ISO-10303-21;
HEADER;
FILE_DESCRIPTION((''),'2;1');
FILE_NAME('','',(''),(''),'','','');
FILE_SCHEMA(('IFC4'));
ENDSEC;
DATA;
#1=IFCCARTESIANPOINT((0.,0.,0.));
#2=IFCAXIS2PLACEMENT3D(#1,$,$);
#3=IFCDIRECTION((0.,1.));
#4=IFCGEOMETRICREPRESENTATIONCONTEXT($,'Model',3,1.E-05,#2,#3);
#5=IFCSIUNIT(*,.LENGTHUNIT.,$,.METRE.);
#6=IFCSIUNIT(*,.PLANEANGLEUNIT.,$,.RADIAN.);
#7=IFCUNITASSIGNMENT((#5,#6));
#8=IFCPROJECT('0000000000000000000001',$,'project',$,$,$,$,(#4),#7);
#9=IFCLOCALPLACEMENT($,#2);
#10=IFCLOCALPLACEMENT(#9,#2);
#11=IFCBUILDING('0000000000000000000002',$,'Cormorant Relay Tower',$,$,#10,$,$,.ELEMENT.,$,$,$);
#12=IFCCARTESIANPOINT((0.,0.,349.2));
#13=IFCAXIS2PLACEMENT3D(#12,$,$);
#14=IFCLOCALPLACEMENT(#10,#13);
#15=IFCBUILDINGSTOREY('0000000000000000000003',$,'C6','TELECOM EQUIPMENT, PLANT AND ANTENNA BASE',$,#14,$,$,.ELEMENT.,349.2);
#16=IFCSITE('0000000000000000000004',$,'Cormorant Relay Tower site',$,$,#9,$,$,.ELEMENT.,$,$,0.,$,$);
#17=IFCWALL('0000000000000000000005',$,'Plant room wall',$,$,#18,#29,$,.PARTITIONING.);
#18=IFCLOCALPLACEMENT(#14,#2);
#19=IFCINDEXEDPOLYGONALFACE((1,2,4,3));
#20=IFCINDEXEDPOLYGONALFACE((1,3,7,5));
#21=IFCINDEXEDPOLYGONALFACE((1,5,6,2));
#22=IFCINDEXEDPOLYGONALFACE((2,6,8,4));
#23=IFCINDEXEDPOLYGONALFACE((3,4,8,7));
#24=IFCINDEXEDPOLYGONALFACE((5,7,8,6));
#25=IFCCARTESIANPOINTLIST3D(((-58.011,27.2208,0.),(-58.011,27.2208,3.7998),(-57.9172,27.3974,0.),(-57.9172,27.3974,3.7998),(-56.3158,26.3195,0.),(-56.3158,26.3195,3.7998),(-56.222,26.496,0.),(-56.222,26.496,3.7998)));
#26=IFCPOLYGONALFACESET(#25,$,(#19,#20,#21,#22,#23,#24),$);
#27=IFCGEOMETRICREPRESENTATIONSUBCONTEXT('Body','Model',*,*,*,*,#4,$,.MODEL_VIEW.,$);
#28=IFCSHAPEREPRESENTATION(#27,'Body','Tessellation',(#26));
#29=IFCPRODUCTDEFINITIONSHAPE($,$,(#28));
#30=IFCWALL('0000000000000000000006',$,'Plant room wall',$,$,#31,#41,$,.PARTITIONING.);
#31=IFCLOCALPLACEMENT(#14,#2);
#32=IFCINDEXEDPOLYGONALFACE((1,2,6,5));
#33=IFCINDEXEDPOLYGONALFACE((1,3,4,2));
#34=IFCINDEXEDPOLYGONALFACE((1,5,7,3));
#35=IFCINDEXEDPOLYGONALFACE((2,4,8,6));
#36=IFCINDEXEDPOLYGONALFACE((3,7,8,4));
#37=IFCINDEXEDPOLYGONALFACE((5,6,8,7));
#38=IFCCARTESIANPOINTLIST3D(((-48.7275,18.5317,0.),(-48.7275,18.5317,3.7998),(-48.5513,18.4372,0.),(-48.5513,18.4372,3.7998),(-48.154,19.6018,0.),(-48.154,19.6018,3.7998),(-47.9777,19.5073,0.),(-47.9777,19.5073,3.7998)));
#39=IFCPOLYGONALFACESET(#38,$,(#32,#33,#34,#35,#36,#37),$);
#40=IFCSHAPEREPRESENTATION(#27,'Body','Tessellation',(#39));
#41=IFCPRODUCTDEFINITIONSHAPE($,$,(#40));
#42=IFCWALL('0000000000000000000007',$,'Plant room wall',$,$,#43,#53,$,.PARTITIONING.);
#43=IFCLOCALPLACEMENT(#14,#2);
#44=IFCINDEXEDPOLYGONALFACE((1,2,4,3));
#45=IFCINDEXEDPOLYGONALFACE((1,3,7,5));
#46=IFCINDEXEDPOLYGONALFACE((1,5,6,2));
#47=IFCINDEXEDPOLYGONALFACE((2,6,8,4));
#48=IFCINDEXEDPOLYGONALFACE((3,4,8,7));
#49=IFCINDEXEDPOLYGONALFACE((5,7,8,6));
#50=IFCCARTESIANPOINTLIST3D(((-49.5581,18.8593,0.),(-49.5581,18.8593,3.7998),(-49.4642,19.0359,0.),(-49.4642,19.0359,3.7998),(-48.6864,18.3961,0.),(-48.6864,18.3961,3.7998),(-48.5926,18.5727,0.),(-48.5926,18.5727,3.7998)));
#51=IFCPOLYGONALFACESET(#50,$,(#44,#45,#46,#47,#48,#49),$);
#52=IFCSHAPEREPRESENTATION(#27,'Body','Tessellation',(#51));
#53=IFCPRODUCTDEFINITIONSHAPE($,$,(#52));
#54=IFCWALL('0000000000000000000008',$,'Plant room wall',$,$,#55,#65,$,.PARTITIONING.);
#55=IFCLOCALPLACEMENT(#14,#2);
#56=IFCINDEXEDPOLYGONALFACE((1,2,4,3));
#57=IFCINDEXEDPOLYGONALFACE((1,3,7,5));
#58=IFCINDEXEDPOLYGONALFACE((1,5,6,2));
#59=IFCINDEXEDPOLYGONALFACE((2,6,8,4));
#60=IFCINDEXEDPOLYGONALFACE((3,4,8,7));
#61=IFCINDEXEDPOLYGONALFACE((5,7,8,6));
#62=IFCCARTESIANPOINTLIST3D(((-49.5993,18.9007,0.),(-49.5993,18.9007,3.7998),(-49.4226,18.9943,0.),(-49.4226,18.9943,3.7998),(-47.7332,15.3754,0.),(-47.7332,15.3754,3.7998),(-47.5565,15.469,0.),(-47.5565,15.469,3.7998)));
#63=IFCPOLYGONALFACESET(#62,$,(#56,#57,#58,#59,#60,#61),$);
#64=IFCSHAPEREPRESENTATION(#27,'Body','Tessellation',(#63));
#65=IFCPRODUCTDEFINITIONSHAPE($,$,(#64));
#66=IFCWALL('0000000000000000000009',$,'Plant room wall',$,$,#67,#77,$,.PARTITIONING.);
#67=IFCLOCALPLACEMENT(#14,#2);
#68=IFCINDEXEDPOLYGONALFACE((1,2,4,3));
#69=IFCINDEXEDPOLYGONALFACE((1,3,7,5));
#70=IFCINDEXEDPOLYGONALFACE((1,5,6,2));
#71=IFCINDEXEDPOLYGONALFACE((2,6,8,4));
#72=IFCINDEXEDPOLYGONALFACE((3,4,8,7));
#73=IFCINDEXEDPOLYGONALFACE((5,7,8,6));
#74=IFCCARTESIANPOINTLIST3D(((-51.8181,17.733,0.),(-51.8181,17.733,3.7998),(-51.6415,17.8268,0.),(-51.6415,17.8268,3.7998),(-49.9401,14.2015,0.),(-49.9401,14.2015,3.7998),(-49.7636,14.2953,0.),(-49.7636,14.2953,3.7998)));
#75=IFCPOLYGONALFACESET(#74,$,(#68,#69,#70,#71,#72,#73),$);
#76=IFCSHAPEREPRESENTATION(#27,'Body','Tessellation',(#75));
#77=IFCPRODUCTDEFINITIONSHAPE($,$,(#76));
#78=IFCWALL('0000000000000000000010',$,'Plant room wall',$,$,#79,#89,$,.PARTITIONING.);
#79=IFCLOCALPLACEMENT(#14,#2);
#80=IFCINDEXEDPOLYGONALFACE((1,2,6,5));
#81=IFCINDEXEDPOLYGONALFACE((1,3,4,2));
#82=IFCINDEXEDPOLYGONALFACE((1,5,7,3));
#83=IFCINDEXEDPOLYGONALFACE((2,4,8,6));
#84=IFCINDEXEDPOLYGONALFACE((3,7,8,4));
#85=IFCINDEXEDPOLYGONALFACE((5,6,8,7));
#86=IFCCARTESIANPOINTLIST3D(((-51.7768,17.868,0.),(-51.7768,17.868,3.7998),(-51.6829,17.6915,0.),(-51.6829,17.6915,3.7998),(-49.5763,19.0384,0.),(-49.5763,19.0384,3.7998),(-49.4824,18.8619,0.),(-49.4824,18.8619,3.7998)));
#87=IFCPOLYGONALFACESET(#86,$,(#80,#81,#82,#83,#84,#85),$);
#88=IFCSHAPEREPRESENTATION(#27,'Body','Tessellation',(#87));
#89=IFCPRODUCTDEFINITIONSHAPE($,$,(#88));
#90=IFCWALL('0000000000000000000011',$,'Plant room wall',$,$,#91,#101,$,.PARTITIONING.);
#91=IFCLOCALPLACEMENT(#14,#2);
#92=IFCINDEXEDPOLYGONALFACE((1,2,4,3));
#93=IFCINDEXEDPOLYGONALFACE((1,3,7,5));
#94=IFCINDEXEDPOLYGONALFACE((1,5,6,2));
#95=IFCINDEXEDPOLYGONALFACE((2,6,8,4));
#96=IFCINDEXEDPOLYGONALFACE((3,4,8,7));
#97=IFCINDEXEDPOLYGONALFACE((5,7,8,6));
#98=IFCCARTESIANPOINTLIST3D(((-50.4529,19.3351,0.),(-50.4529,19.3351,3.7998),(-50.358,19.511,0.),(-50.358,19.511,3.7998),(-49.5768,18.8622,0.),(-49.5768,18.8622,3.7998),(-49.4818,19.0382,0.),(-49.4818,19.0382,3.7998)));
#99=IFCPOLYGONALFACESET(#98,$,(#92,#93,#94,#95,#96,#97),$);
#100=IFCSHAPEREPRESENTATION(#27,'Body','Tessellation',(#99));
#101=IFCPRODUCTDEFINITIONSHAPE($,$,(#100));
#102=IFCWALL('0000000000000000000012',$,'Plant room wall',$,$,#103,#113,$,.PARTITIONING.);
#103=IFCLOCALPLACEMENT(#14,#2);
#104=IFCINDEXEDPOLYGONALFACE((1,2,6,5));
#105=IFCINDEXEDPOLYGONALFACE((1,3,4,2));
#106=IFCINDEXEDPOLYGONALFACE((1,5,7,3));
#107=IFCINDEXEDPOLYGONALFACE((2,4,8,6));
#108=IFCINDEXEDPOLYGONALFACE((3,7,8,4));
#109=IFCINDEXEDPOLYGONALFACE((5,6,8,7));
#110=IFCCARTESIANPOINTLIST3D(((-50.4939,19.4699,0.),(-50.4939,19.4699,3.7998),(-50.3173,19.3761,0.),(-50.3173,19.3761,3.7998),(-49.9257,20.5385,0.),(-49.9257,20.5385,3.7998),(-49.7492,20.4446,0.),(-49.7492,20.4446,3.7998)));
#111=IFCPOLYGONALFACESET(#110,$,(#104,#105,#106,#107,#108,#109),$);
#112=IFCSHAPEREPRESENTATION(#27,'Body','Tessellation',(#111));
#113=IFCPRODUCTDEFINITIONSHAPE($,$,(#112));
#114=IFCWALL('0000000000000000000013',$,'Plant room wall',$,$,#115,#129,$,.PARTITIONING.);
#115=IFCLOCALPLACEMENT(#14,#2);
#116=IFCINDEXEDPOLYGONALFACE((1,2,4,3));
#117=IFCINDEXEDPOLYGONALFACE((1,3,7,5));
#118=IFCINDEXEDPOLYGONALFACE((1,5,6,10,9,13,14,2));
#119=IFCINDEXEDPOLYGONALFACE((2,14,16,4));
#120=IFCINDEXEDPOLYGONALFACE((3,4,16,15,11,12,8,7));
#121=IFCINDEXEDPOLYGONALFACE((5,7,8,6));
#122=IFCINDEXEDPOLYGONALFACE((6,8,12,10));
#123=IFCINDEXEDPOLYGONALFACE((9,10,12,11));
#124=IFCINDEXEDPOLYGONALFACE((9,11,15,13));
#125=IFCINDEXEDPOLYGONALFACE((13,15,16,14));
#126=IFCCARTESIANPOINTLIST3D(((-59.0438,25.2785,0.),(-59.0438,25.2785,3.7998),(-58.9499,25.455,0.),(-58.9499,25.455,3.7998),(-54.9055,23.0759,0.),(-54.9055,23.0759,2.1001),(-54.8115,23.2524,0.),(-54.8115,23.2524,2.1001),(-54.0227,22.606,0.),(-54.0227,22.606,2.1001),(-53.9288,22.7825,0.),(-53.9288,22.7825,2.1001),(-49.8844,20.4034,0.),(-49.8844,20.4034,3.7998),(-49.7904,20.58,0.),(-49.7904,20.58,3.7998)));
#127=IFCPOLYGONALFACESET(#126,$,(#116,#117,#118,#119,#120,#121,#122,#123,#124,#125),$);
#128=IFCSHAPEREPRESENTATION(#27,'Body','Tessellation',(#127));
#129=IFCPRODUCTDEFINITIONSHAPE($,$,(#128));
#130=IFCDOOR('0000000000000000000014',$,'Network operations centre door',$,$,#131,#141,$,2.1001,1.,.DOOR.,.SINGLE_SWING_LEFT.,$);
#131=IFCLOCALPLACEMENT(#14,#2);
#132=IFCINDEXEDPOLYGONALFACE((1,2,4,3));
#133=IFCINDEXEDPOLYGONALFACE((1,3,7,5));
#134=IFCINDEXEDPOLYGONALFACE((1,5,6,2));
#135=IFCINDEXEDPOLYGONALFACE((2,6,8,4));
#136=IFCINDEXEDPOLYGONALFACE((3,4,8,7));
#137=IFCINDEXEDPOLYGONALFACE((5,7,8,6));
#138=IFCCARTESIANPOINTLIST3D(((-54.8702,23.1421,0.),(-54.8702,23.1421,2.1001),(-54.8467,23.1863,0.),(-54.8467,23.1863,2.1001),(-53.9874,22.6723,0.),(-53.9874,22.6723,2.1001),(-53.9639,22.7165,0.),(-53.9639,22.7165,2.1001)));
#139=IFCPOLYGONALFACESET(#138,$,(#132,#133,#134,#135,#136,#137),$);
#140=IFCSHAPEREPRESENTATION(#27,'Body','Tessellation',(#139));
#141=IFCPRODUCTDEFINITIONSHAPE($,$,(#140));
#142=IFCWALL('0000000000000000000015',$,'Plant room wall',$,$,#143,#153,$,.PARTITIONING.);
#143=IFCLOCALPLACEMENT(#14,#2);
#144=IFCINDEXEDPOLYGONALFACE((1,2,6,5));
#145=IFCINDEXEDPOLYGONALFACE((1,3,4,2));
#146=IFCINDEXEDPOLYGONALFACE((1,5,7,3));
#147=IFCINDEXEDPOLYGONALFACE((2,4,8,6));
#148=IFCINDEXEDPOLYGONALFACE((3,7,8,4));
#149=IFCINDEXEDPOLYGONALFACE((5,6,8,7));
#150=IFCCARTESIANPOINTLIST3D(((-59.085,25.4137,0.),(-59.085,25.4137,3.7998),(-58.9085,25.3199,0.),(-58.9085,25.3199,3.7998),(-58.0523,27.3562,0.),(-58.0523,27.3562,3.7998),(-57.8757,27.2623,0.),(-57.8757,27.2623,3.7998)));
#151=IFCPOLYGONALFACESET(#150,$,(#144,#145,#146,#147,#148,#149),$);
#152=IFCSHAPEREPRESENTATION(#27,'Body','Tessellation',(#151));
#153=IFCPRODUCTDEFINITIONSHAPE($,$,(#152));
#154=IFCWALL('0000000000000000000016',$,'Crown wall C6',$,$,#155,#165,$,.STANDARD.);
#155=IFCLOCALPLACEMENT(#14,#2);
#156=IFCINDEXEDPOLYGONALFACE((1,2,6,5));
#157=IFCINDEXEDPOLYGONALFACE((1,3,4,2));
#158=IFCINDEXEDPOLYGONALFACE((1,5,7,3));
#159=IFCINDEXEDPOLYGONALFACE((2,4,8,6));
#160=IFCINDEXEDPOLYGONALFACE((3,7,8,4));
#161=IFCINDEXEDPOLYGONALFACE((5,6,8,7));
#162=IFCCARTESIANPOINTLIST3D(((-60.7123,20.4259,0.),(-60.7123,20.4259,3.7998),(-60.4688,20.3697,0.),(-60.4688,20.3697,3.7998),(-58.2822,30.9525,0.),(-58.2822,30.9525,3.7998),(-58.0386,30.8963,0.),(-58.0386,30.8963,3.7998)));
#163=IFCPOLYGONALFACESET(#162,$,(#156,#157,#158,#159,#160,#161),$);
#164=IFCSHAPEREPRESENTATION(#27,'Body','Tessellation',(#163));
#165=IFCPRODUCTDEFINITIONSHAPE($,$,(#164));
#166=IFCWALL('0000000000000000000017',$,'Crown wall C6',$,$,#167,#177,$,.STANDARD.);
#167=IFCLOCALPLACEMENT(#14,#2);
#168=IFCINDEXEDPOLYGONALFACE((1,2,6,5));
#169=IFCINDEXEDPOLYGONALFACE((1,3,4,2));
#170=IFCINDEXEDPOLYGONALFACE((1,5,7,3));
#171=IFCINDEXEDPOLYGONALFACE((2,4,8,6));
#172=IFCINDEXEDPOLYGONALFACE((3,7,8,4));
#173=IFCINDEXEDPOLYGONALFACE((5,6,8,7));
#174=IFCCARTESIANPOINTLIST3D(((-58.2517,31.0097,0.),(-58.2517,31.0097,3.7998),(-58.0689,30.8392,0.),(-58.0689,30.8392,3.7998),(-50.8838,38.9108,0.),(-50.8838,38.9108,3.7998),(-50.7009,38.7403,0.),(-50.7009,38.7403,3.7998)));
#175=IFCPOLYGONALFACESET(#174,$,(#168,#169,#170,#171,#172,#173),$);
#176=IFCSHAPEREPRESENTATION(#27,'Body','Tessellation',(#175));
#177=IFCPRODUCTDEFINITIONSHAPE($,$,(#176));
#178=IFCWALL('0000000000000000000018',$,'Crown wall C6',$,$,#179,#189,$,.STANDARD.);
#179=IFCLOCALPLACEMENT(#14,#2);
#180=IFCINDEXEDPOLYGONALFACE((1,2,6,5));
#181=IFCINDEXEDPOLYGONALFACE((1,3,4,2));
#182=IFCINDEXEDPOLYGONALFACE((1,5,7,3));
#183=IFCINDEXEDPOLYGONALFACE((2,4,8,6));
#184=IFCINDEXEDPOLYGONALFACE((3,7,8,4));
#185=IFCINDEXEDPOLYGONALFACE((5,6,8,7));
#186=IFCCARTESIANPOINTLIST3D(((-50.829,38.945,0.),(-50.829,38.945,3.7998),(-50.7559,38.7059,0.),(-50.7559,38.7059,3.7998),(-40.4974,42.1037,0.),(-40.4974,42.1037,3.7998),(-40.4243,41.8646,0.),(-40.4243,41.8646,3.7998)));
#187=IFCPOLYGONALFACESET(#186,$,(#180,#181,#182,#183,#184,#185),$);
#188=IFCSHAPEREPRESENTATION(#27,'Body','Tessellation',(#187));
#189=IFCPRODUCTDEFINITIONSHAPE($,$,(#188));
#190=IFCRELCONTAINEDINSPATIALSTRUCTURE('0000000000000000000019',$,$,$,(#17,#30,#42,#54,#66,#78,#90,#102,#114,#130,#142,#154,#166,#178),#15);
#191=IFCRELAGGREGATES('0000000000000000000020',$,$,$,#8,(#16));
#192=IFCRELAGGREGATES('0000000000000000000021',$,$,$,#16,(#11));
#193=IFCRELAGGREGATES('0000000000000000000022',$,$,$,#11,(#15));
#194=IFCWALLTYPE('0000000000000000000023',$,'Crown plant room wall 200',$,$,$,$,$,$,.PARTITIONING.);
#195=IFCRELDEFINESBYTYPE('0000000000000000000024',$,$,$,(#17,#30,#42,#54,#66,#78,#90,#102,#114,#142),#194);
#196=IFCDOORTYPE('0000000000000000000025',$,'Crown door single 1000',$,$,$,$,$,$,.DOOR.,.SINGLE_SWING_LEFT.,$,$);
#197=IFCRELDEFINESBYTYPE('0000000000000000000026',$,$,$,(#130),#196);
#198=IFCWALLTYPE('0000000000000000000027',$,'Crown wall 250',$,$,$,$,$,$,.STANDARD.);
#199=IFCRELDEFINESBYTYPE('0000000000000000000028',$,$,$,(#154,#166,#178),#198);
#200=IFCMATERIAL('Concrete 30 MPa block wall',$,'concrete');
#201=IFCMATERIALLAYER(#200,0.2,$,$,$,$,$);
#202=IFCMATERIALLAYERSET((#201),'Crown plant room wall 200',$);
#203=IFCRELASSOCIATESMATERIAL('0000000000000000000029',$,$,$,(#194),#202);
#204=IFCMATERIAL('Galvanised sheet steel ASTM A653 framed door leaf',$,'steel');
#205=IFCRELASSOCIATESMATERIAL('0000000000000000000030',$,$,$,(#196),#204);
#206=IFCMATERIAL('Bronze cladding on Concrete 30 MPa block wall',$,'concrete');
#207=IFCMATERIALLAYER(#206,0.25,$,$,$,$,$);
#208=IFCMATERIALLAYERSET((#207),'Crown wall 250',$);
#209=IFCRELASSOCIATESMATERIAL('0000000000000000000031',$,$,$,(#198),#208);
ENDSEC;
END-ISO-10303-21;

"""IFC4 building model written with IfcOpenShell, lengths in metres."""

from ifc_helpers import new_model, si_unit, direction, frame, frame_2d, origin, place, context, subcontext, project, spatial, rectangle, extrude, material, layer, layer_set, type_object, element, fill, save


model = new_model("IFC4")

# Units and contexts
model_context = context("Model", 3, precision=1e-05, world=origin(), true_north=direction((0.0, 1.0)))
body_context = subcontext(model_context, "Body", "Model", "MODEL_VIEW")
ifc_project = project(units=[si_unit("LENGTHUNIT", "METRE"), si_unit("PLANEANGLEUNIT", "RADIAN")], contexts=[model_context])

# Site, building, storey
site_placement = place(None, origin())
site = spatial("IfcSite", under=ifc_project, at=site_placement, Name="Cormorant Relay Tower site", CompositionType="ELEMENT", RefElevation=0.0)
building_placement = place(site_placement, origin())
building = spatial("IfcBuilding", under=site, at=building_placement, Name="Cormorant Relay Tower", CompositionType="ELEMENT")
storey_placement = place(building_placement, frame((0.0, 0.0, 349.2)))
storey = spatial("IfcBuildingStorey", under=building, at=storey_placement, Name="C6", Description="TELECOM EQUIPMENT, PLANT AND ANTENNA BASE", CompositionType="ELEMENT", Elevation=349.2)

# Walls
ifc_material_1 = material(Name="Concrete 30 MPa block wall", Category="concrete")
ifc_layer_1 = layer(ifc_material_1, 0.2)
ifc_layer_set_1 = layer_set([ifc_layer_1], Name="Crown plant room wall 200")
wall_type_1 = type_object("IfcWallType", Name="Crown plant room wall 200", PredefinedType="PARTITIONING", material=ifc_layer_set_1)
wall_1_placement = place(storey_placement, frame((-57.9641, 27.3091, 0.0), z_axis=(0.0, 0.0, 1.0), x_axis=(0.882958, -0.469453, 0.0)))
element("IfcWall", 1, at=wall_1_placement, inside=storey, type_object=wall_type_1, Name="Plant room wall", PredefinedType="PARTITIONING", context=body_context, shape_type="SweptSolid", body=[
    extrude(rectangle(XDim=1.9199, YDim=0.2, at=frame_2d((0.96, 0.0))), origin(), (0.0, 0.0, 1.0), 3.7998),
])
wall_2_placement = place(storey_placement, frame((-48.0659, 19.5544, 0.0), z_axis=(0.0, 0.0, 1.0), x_axis=(-0.472372, -0.881399, 0.0)))
element("IfcWall", 2, at=wall_2_placement, inside=storey, type_object=wall_type_1, Name="Plant room wall", PredefinedType="PARTITIONING", context=body_context, shape_type="SweptSolid", body=[
    extrude(rectangle(XDim=1.2141, YDim=0.2, at=frame_2d((0.6069, 0.0))), origin(), (0.0, 0.0, 1.0), 3.7998),
])
wall_3_placement = place(storey_placement, frame((-48.6394, 18.4844, 0.0), z_axis=(0.0, 0.0, 1.0), x_axis=(-0.883071, 0.46924, 0.0)))
element("IfcWall", 3, at=wall_3_placement, inside=storey, type_object=wall_type_1, Name="Plant room wall", PredefinedType="PARTITIONING", context=body_context, shape_type="SweptSolid", body=[
    extrude(rectangle(XDim=0.9871, YDim=0.2, at=frame_2d((0.4937, 0.0))), origin(), (0.0, 0.0, 1.0), 3.7998),
])
wall_4_placement = place(storey_placement, frame((-49.511, 18.9475, 0.0), z_axis=(0.0, 0.0, 1.0), x_axis=(0.467854, -0.883806, 0.0)))
element("IfcWall", 4, at=wall_4_placement, inside=storey, type_object=wall_type_1, Name="Plant room wall", PredefinedType="PARTITIONING", context=body_context, shape_type="SweptSolid", body=[
    extrude(rectangle(XDim=3.9888, YDim=0.2, at=frame_2d((1.9944, 0.0))), origin(), (0.0, 0.0, 1.0), 3.7998),
])
wall_5_placement = place(storey_placement, frame((-49.8518, 14.2483, 0.0), z_axis=(0.0, 0.0, 1.0), x_axis=(-0.469511, 0.882927, 0.0)))
element("IfcWall", 5, at=wall_5_placement, inside=storey, type_object=wall_type_1, Name="Plant room wall", PredefinedType="PARTITIONING", context=body_context, shape_type="SweptSolid", body=[
    extrude(rectangle(XDim=3.9998, YDim=0.2, at=frame_2d((2.0, 0.0))), origin(), (0.0, 0.0, 1.0), 3.7998),
])
wall_6_placement = place(storey_placement, frame((-51.7297, 17.7798, 0.0), z_axis=(0.0, 0.0, 1.0), x_axis=(0.882878, 0.469602, 0.0)))
element("IfcWall", 6, at=wall_6_placement, inside=storey, type_object=wall_type_1, Name="Plant room wall", PredefinedType="PARTITIONING", context=body_context, shape_type="SweptSolid", body=[
    extrude(rectangle(XDim=2.4924, YDim=0.2, at=frame_2d((1.2461, 0.0))), origin(), (0.0, 0.0, 1.0), 3.7998),
])
wall_7_placement = place(storey_placement, frame((-49.5293, 18.9502, 0.0), z_axis=(0.0, 0.0, 1.0), x_axis=(-0.880014, 0.474948, 0.0)))
element("IfcWall", 7, at=wall_7_placement, inside=storey, type_object=wall_type_1, Name="Plant room wall", PredefinedType="PARTITIONING", context=body_context, shape_type="SweptSolid", body=[
    extrude(rectangle(XDim=0.9956, YDim=0.2, at=frame_2d((0.4978, 0.0))), origin(), (0.0, 0.0, 1.0), 3.7998),
])
wall_8_placement = place(storey_placement, frame((-50.4055, 19.4231, 0.0), z_axis=(0.0, 0.0, 1.0), x_axis=(0.469426, 0.882972, 0.0)))
element("IfcWall", 8, at=wall_8_placement, inside=storey, type_object=wall_type_1, Name="Plant room wall", PredefinedType="PARTITIONING", context=body_context, shape_type="SweptSolid", body=[
    extrude(rectangle(XDim=1.2102, YDim=0.2, at=frame_2d((0.605, 0.0))), origin(), (0.0, 0.0, 1.0), 3.7998),
])

# Wall, opening, door
wall_9_placement = place(storey_placement, frame((-49.8374, 20.4917, 0.0), z_axis=(0.0, 0.0, 1.0), x_axis=(-0.882754, 0.469836, 0.0)))
wall_9 = element("IfcWall", 9, at=wall_9_placement, inside=storey, type_object=wall_type_1, Name="Plant room wall", PredefinedType="PARTITIONING", context=body_context, shape_type="SweptSolid", body=[
    extrude(rectangle(XDim=10.376, YDim=0.2, at=frame_2d((5.188, 0.0))), origin(), (0.0, 0.0, 1.0), 3.7998),
])
opening_placement = place(wall_9_placement, frame((4.688, 0.0, 0.0)))
opening = element("IfcOpeningElement", 10, at=opening_placement, cuts=wall_9, PredefinedType="OPENING", context=body_context, shape_type="SweptSolid", body=[
    extrude(rectangle(XDim=1.0, YDim=2.1001, at=frame_2d((0.5, 1.05))), frame((0.0, 0.1099, 0.0), z_axis=(0.0, -1.0, 0.0), x_axis=(1.0, 0.0, 0.0)), (0.0, 0.0, 1.0), 0.22),
])
ifc_material_2 = material(Name="Galvanised sheet steel ASTM A653 framed door leaf", Category="steel")
door_type = type_object("IfcDoorType", Name="Crown door single 1000", OperationType="SINGLE_SWING_LEFT", PredefinedType="DOOR", material=ifc_material_2)
door_placement = place(opening_placement, origin())
door = element("IfcDoor", 11, at=door_placement, inside=storey, type_object=door_type, Name="Network operations centre door", OperationType="SINGLE_SWING_LEFT", OverallHeight=2.1001, OverallWidth=1.0, PredefinedType="DOOR", context=body_context, shape_type="SweptSolid", body=[
    extrude(rectangle(XDim=1.0, YDim=2.1001, at=frame_2d((0.5, 1.05))), frame((0.0, 0.0249, 0.0), z_axis=(0.0, -1.0, 0.0), x_axis=(1.0, 0.0, 0.0)), (0.0, 0.0, 1.0), 0.05),
])
fill(opening, door)

# Walls
wall_10_placement = place(storey_placement, frame((-58.9968, 25.3667, 0.0), z_axis=(0.0, 0.0, 1.0), x_axis=(0.469447, 0.88296, 0.0)))
element("IfcWall", 12, at=wall_10_placement, inside=storey, type_object=wall_type_1, Name="Plant room wall", PredefinedType="PARTITIONING", context=body_context, shape_type="SweptSolid", body=[
    extrude(rectangle(XDim=2.2, YDim=0.2, at=frame_2d((1.1001, 0.0))), origin(), (0.0, 0.0, 1.0), 3.7998),
])
ifc_material_3 = material(Name="Bronze cladding on Concrete 30 MPa block wall", Category="concrete")
ifc_layer_2 = layer(ifc_material_3, 0.25)
ifc_layer_set_2 = layer_set([ifc_layer_2], Name="Crown wall 250")
wall_type_2 = type_object("IfcWallType", Name="Crown wall 250", PredefinedType="STANDARD", material=ifc_layer_set_2)
for number, where, z_axis, x_axis, name in (
    (13, (-60.5906, 20.3977, 0.0), (0.0, 0.0, 1.0), (0.224944, 0.974372, 0.0), "Crown wall C6"),
    (14, (-58.1604, 30.9243, 0.0), (0.0, 0.0, 1.0), (0.681999, 0.731354, 0.0), "Crown wall C6"),
):
    element("IfcWall", number, at=place(storey_placement, frame(where, z_axis=z_axis, x_axis=x_axis)), inside=storey, type_object=wall_type_2, Name=name, PredefinedType="STANDARD", context=body_context, shape_type="SweptSolid", body=[
        extrude(rectangle(XDim=10.8035, YDim=0.25, at=frame_2d((5.4019, 0.0))), origin(), (0.0, 0.0, 1.0), 3.7998),
    ])
wall_11_placement = place(storey_placement, frame((-50.7925, 38.8254, 0.0), z_axis=(0.0, 0.0, 1.0), x_axis=(0.956304, 0.292374, 0.0)))
element("IfcWall", 15, at=wall_11_placement, inside=storey, type_object=wall_type_2, Name="Crown wall C6", PredefinedType="STANDARD", context=body_context, shape_type="SweptSolid", body=[
    extrude(rectangle(XDim=10.8037, YDim=0.25, at=frame_2d((5.4019, 0.0))), origin(), (0.0, 0.0, 1.0), 3.7998),
])

save(model, "model.ifc")
